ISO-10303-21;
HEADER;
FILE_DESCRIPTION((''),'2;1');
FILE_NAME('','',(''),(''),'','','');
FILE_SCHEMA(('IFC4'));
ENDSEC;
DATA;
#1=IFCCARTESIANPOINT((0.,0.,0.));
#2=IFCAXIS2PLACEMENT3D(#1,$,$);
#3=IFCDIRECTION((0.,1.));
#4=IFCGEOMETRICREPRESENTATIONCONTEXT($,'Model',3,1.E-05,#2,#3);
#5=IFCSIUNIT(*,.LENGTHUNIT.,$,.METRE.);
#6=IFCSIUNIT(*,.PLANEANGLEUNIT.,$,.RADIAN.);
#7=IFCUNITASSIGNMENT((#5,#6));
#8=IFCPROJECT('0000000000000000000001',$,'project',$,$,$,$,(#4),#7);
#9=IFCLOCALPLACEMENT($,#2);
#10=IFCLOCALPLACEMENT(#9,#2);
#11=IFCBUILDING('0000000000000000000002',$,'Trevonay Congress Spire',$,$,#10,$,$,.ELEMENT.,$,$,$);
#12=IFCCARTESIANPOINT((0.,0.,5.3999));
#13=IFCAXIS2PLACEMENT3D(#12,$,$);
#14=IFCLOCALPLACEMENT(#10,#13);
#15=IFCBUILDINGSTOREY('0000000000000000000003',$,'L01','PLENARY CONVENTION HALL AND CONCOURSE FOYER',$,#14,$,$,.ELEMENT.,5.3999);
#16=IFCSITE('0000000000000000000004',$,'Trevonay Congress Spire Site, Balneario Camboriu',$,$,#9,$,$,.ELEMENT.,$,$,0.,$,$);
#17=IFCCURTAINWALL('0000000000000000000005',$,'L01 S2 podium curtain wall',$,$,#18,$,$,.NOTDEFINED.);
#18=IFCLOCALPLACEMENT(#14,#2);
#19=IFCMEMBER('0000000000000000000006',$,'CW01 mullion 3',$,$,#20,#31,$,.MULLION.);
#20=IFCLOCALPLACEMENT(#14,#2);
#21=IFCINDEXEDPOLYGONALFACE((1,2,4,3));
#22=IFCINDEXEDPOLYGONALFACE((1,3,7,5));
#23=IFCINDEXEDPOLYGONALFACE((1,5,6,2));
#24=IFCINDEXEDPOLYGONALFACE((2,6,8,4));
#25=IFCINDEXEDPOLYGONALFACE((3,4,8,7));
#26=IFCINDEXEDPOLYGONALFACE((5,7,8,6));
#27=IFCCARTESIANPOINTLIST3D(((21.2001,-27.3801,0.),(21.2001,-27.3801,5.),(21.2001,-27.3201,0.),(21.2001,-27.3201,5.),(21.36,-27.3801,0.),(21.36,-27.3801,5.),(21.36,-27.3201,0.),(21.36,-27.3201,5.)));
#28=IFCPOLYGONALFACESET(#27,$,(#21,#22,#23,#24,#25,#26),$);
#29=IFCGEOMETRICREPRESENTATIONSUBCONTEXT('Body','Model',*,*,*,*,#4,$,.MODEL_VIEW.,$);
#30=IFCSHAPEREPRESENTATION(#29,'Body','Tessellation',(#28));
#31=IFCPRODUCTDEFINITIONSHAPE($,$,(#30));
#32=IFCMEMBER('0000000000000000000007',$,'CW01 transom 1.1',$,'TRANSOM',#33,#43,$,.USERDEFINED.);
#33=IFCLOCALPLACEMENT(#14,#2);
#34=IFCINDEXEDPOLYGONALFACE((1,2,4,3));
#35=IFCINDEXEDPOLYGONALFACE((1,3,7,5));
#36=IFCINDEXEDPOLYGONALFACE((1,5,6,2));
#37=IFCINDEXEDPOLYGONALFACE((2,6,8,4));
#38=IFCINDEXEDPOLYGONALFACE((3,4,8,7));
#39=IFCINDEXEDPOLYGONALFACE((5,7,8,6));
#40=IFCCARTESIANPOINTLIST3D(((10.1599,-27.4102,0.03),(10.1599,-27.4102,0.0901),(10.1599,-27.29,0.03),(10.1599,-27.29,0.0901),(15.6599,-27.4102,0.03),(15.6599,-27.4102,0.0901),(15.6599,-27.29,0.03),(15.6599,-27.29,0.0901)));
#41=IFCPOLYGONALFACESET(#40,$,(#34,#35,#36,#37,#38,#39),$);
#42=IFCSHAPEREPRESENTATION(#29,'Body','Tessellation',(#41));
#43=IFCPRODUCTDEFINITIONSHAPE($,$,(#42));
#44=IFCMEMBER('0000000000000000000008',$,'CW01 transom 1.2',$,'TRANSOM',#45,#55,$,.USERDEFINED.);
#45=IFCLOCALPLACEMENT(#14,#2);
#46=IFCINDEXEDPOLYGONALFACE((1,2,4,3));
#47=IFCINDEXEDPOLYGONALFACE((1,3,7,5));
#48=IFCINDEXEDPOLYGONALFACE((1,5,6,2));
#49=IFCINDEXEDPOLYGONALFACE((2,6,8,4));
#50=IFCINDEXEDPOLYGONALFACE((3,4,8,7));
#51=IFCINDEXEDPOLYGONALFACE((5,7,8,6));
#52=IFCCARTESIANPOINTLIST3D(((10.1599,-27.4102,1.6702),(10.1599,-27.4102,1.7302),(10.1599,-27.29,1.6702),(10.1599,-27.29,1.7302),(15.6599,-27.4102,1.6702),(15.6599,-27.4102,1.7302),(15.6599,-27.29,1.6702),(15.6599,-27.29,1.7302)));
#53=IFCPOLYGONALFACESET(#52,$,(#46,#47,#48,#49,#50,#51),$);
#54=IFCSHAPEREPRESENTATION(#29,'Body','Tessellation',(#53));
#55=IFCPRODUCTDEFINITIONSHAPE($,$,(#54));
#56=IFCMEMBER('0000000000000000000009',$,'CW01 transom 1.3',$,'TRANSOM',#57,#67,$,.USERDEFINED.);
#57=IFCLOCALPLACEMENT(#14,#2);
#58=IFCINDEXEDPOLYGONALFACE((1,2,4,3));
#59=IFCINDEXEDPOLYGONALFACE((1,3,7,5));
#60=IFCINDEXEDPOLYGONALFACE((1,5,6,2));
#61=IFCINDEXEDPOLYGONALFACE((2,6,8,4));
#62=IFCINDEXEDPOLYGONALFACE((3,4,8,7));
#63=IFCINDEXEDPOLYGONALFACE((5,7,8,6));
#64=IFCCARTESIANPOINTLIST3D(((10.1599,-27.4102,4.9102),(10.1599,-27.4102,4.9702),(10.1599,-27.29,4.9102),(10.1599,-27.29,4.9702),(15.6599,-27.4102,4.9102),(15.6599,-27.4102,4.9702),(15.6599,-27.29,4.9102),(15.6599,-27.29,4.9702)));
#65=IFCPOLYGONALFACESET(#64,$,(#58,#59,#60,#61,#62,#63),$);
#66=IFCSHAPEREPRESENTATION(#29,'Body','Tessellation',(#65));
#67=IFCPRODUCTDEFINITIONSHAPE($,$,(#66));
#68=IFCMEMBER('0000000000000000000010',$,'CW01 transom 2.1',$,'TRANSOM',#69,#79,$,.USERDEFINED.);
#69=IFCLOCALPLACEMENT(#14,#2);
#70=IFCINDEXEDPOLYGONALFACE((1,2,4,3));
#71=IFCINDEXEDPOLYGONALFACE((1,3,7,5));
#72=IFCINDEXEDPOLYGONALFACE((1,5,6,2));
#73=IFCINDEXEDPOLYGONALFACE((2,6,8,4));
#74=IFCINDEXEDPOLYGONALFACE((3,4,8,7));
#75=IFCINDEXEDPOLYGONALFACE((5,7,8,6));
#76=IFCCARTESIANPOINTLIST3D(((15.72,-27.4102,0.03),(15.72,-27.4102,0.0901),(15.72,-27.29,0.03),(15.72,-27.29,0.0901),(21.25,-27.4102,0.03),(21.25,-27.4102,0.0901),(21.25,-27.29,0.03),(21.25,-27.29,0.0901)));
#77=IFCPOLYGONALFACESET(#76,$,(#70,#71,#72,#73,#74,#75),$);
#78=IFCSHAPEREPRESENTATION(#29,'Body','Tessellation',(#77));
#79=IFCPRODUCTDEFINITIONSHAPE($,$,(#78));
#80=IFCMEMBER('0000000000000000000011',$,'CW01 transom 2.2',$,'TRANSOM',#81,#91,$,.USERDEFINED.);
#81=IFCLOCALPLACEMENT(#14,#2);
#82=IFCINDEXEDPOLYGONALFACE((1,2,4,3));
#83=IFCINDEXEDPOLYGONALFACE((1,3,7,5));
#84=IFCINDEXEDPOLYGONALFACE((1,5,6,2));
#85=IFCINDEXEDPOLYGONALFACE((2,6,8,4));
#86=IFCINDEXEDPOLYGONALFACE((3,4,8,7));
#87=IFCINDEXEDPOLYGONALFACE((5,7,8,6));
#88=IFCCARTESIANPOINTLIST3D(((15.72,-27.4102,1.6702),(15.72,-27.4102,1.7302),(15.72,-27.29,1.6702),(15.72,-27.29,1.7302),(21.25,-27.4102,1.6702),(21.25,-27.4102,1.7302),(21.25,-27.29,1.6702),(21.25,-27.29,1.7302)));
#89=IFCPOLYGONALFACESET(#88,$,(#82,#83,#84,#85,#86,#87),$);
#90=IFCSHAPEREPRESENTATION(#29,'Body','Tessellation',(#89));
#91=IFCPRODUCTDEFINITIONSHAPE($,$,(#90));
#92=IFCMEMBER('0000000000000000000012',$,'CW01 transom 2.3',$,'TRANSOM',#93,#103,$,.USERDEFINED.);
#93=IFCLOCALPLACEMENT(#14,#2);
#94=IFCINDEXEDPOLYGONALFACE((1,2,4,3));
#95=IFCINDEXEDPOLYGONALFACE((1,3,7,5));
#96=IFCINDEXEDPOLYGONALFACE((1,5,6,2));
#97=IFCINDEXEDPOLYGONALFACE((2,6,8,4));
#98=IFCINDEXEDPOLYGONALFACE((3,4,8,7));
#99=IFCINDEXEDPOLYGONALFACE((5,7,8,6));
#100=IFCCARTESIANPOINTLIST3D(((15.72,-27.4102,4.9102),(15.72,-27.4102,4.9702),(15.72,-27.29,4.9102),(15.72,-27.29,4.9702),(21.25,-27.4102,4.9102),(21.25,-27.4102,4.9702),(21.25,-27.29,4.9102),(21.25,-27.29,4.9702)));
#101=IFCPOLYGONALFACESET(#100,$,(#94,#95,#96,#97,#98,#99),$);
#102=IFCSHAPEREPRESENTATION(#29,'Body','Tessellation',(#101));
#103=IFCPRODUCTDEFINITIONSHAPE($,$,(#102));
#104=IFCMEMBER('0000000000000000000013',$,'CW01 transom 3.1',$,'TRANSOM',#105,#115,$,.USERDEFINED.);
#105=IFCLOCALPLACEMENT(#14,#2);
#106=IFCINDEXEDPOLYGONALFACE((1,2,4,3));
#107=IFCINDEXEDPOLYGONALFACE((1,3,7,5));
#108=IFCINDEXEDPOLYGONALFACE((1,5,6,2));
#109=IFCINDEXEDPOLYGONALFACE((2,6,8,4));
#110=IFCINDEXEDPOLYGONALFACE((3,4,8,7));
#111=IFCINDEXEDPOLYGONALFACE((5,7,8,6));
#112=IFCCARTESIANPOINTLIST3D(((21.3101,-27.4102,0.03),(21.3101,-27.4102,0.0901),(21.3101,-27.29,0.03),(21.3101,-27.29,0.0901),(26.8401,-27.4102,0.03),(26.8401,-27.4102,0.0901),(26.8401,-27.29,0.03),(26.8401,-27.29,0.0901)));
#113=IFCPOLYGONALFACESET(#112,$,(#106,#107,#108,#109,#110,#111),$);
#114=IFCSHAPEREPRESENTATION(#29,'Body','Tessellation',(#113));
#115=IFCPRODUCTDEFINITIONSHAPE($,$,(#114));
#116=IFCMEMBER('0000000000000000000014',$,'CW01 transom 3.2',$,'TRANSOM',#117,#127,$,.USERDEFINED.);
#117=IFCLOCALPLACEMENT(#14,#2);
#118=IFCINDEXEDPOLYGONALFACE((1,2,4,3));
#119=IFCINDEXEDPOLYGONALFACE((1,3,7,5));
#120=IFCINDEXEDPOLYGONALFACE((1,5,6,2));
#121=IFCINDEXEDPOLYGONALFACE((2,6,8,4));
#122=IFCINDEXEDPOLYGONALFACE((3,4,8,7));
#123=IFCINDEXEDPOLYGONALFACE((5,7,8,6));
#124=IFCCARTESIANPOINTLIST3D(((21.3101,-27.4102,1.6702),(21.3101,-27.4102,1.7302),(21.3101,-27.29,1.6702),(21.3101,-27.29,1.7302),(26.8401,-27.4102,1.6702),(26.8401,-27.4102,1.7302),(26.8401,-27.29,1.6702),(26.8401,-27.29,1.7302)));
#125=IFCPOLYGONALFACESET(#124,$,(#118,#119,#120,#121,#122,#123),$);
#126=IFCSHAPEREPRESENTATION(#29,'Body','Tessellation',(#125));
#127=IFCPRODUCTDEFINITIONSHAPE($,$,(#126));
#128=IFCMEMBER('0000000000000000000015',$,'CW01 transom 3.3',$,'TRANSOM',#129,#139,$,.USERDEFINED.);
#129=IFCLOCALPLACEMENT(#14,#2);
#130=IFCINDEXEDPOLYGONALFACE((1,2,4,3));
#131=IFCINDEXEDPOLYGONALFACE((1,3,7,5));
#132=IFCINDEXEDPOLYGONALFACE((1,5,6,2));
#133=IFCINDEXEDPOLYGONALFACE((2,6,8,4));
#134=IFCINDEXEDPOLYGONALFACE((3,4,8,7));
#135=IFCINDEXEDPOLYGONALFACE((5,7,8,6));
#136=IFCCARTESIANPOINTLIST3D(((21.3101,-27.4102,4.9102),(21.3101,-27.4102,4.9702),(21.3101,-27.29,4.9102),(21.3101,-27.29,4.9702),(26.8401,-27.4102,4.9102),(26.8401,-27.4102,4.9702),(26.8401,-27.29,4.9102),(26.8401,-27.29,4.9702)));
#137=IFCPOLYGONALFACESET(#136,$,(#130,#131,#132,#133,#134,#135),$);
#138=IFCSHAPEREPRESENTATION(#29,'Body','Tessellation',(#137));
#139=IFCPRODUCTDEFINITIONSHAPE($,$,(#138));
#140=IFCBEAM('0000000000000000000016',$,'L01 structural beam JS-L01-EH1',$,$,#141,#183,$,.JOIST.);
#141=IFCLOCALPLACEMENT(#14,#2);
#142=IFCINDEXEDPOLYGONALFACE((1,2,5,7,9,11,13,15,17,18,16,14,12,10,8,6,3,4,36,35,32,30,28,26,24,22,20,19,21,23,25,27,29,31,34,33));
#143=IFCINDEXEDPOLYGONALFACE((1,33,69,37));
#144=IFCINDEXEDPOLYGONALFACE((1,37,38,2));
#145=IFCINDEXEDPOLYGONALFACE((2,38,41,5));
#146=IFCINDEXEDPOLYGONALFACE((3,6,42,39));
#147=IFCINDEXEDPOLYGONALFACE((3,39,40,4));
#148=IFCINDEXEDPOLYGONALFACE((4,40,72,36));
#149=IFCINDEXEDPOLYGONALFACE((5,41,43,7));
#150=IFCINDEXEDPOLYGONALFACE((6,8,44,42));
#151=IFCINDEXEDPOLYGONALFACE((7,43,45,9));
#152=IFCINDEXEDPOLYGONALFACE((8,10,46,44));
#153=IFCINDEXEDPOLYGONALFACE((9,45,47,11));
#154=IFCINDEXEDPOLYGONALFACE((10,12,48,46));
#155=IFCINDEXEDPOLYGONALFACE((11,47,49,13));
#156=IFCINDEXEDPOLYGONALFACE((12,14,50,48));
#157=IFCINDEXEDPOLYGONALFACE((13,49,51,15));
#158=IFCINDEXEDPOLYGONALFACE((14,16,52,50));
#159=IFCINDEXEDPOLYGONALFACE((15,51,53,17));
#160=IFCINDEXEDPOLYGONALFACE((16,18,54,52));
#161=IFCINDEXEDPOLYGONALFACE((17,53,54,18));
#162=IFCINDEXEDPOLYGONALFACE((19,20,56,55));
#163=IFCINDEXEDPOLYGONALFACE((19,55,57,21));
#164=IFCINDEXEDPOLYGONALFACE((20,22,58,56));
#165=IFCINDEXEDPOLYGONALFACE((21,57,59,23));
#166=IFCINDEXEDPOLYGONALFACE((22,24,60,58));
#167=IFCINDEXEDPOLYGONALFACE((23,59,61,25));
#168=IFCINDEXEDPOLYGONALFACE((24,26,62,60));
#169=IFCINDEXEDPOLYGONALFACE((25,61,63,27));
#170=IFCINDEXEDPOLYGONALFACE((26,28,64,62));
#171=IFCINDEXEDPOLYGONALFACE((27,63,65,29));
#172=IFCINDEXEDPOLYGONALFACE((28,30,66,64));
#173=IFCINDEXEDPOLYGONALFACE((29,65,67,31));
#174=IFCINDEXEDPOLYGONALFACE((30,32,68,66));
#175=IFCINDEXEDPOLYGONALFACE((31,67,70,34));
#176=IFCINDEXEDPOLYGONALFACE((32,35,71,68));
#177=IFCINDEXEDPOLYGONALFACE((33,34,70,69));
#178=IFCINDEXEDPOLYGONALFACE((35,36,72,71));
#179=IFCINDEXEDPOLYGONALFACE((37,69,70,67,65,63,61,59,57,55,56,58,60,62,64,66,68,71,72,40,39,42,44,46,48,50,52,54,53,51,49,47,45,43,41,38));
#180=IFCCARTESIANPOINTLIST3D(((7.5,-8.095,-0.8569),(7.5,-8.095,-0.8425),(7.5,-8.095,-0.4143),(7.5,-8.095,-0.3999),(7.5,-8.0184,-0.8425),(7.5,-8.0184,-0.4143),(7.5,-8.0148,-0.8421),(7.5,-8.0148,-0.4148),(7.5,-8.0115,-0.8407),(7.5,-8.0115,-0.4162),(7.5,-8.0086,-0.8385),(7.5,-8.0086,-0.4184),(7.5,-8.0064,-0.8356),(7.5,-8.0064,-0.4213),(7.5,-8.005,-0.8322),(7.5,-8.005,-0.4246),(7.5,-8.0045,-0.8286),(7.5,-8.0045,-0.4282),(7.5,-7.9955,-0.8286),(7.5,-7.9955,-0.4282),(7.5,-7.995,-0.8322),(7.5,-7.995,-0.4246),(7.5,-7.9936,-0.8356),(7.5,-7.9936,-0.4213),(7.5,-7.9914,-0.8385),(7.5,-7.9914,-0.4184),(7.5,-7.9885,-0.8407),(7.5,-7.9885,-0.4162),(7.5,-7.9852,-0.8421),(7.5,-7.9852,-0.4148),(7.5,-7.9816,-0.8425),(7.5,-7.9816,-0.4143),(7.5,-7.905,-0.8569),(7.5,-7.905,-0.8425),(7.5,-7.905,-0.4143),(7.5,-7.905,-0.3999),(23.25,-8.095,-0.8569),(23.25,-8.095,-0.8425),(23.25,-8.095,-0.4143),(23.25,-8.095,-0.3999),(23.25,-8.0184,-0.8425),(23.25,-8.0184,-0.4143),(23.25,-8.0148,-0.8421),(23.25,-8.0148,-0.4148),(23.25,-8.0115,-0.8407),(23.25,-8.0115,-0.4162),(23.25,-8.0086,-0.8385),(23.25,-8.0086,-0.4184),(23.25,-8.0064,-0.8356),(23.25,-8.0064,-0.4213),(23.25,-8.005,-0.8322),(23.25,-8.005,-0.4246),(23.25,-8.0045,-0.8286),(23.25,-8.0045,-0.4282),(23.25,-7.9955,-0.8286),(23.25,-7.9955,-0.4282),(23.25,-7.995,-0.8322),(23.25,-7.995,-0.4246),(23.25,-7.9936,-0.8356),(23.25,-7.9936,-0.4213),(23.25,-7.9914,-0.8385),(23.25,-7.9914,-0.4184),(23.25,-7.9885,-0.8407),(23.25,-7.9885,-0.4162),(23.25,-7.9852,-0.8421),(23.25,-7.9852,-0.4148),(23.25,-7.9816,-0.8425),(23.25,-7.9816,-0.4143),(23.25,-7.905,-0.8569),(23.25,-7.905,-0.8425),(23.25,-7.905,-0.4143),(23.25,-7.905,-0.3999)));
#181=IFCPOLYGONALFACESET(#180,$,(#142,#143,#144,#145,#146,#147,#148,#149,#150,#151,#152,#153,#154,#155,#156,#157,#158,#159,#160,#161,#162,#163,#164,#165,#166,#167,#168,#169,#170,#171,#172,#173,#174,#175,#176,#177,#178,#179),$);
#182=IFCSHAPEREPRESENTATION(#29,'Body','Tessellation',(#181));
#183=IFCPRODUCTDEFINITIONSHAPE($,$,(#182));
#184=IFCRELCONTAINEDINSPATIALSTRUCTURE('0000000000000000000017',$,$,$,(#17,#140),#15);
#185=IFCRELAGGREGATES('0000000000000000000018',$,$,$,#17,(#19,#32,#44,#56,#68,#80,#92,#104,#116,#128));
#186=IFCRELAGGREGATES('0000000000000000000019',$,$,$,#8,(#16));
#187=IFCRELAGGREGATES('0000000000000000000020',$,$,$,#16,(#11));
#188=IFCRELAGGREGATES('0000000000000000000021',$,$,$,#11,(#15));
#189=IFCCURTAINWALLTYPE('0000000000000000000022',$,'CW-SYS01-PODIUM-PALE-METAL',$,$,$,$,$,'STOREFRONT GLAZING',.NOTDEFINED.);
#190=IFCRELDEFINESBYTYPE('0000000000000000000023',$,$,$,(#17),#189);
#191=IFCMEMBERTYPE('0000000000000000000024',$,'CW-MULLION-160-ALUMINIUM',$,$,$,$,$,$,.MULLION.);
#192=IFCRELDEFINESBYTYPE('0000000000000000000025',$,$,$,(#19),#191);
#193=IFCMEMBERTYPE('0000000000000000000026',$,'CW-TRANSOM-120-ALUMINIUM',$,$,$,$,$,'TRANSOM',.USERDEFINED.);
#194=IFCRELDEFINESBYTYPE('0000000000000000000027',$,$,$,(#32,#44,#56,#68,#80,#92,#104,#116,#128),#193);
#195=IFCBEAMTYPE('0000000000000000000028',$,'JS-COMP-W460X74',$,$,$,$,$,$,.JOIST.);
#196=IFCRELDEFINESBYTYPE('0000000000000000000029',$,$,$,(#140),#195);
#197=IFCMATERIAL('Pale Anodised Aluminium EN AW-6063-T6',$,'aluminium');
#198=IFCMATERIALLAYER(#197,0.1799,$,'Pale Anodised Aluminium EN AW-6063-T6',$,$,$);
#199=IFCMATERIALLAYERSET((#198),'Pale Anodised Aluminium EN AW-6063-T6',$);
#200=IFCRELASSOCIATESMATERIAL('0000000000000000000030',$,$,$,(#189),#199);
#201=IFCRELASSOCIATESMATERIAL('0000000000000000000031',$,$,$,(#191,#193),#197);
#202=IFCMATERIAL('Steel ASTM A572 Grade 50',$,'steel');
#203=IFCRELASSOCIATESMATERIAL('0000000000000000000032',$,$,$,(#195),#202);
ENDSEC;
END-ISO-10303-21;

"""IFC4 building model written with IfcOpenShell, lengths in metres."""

from ifc_helpers import new_model, si_unit, direction, frame, origin, origin_2d, place, context, subcontext, project, spatial, rectangle, i_section, extrude, material, layer, layer_set, material_profile, profile_set, type_object, element, aggregate, save


model = new_model("IFC4")

# Units and contexts
model_context = context("Model", 3, precision=1e-05, world=origin(), true_north=direction((0.0, 1.0)))
body_context = subcontext(model_context, "Body", "Model", "MODEL_VIEW")
ifc_project = project(units=[si_unit("LENGTHUNIT", "METRE"), si_unit("PLANEANGLEUNIT", "RADIAN")], contexts=[model_context])

# Site, building, storey
site_placement = place(None, origin())
site = spatial("IfcSite", under=ifc_project, at=site_placement, Name="Trevonay Congress Spire Site, Balneario Camboriu", CompositionType="ELEMENT", RefElevation=0.0)
building_placement = place(site_placement, origin())
building = spatial("IfcBuilding", under=site, at=building_placement, Name="Trevonay Congress Spire", CompositionType="ELEMENT")
storey_placement = place(building_placement, frame((0.0, 0.0, 5.3999)))
storey = spatial("IfcBuildingStorey", under=building, at=storey_placement, Name="L01", Description="PLENARY CONVENTION HALL AND CONCOURSE FOYER", CompositionType="ELEMENT", Elevation=5.3999)

# Shared definitions
ifc_material_1 = material(Name="Steel ASTM A572 Grade 50", Category="steel")

# Shared definitions
ifc_material_2 = material(Name="Pale Anodised Aluminium EN AW-6063-T6", Category="aluminium")
ifc_layer_1 = layer(ifc_material_2, 0.1799, Name="Pale Anodised Aluminium EN AW-6063-T6")
ifc_layer_set_1 = layer_set([ifc_layer_1], Name="Pale Anodised Aluminium EN AW-6063-T6")
curtain_wall_type = type_object("IfcCurtainWallType", Name="CW-SYS01-PODIUM-PALE-METAL", ElementType="STOREFRONT GLAZING", PredefinedType="NOTDEFINED", material=ifc_layer_set_1)
ifc_material_profile_1 = material_profile(ifc_material_2, rectangle(XDim=0.0601, YDim=0.1599, at=origin_2d()), Name="CW-MULLION-160-ALUMINIUM")
ifc_profile_set_1 = profile_set([ifc_material_profile_1], Name="Pale Anodised Aluminium EN AW-6063-T6")
member_type_1 = type_object("IfcMemberType", Name="CW-MULLION-160-ALUMINIUM", PredefinedType="MULLION", material=ifc_profile_set_1)

# Curtain wall, members
curtain_wall_1_placement = place(storey_placement, origin())
curtain_wall_1 = element("IfcCurtainWall", 1, at=curtain_wall_1_placement, inside=storey, type_object=curtain_wall_type, Name="L01 S2 podium curtain wall", PredefinedType="NOTDEFINED")
member_1_placement = place(storey_placement, frame((21.28, -27.3501, 0.0), z_axis=(0.0, 0.0, 1.0), x_axis=(0.0, 1.0, 0.0)))
member_1 = element("IfcMember", 2, at=member_1_placement, type_object=member_type_1, Name="CW01 mullion 3", PredefinedType="MULLION", context=body_context, shape_type="SweptSolid", body=[
    extrude(rectangle(XDim=0.0601, YDim=0.1599, at=origin_2d()), origin(), (0.0, 0.0, 1.0), 5.0),
])
ifc_material_profile_2 = material_profile(ifc_material_2, rectangle(XDim=0.1201, YDim=0.0601, at=origin_2d()), Name="CW-TRANSOM-120-ALUMINIUM")
ifc_profile_set_2 = profile_set([ifc_material_profile_2], Name="Pale Anodised Aluminium EN AW-6063-T6")
member_type_2 = type_object("IfcMemberType", Name="CW-TRANSOM-120-ALUMINIUM", ElementType="TRANSOM", PredefinedType="USERDEFINED", material=ifc_profile_set_2)
member_2_placement = place(storey_placement, frame((10.1599, -27.3501, 0.0601), z_axis=(1.0, 0.0, 0.0), x_axis=(0.0, 1.0, 0.0)))
member_2 = element("IfcMember", 3, at=member_2_placement, type_object=member_type_2, Name="CW01 transom 1.1", ObjectType="TRANSOM", PredefinedType="USERDEFINED", context=body_context, shape_type="SweptSolid", body=[
    extrude(rectangle(XDim=0.1201, YDim=0.0601, at=origin_2d()), origin(), (0.0, 0.0, 1.0), 5.5),
])
member_3_placement = place(storey_placement, frame((10.1599, -27.3501, 1.7002), z_axis=(1.0, 0.0, 0.0), x_axis=(0.0, 1.0, 0.0)))
member_3 = element("IfcMember", 4, at=member_3_placement, type_object=member_type_2, Name="CW01 transom 1.2", ObjectType="TRANSOM", PredefinedType="USERDEFINED", context=body_context, shape_type="SweptSolid", body=[
    extrude(rectangle(XDim=0.1201, YDim=0.0601, at=origin_2d()), origin(), (0.0, 0.0, 1.0), 5.5),
])
member_4_placement = place(storey_placement, frame((10.1599, -27.3501, 4.9402), z_axis=(1.0, 0.0, 0.0), x_axis=(0.0, 1.0, 0.0)))
member_4 = element("IfcMember", 5, at=member_4_placement, type_object=member_type_2, Name="CW01 transom 1.3", ObjectType="TRANSOM", PredefinedType="USERDEFINED", context=body_context, shape_type="SweptSolid", body=[
    extrude(rectangle(XDim=0.1201, YDim=0.0601, at=origin_2d()), origin(), (0.0, 0.0, 1.0), 5.5),
])
member_5_placement = place(storey_placement, frame((15.72, -27.3501, 0.0601), z_axis=(1.0, 0.0, 0.0), x_axis=(0.0, 1.0, 0.0)))
member_5 = element("IfcMember", 6, at=member_5_placement, type_object=member_type_2, Name="CW01 transom 2.1", ObjectType="TRANSOM", PredefinedType="USERDEFINED", context=body_context, shape_type="SweptSolid", body=[
    extrude(rectangle(XDim=0.1201, YDim=0.0601, at=origin_2d()), origin(), (0.0, 0.0, 1.0), 5.53),
])
member_6_placement = place(storey_placement, frame((15.72, -27.3501, 1.7002), z_axis=(1.0, 0.0, 0.0), x_axis=(0.0, 1.0, 0.0)))
member_6 = element("IfcMember", 7, at=member_6_placement, type_object=member_type_2, Name="CW01 transom 2.2", ObjectType="TRANSOM", PredefinedType="USERDEFINED", context=body_context, shape_type="SweptSolid", body=[
    extrude(rectangle(XDim=0.1201, YDim=0.0601, at=origin_2d()), origin(), (0.0, 0.0, 1.0), 5.53),
])
member_7_placement = place(storey_placement, frame((15.72, -27.3501, 4.9402), z_axis=(1.0, 0.0, 0.0), x_axis=(0.0, 1.0, 0.0)))
member_7 = element("IfcMember", 8, at=member_7_placement, type_object=member_type_2, Name="CW01 transom 2.3", ObjectType="TRANSOM", PredefinedType="USERDEFINED", context=body_context, shape_type="SweptSolid", body=[
    extrude(rectangle(XDim=0.1201, YDim=0.0601, at=origin_2d()), origin(), (0.0, 0.0, 1.0), 5.53),
])
member_8_placement = place(storey_placement, frame((21.3101, -27.3501, 0.0601), z_axis=(1.0, 0.0, 0.0), x_axis=(0.0, 1.0, 0.0)))
member_8 = element("IfcMember", 9, at=member_8_placement, type_object=member_type_2, Name="CW01 transom 3.1", ObjectType="TRANSOM", PredefinedType="USERDEFINED", context=body_context, shape_type="SweptSolid", body=[
    extrude(rectangle(XDim=0.1201, YDim=0.0601, at=origin_2d()), origin(), (0.0, 0.0, 1.0), 5.53),
])
member_9_placement = place(storey_placement, frame((21.3101, -27.3501, 1.7002), z_axis=(1.0, 0.0, 0.0), x_axis=(0.0, 1.0, 0.0)))
member_9 = element("IfcMember", 10, at=member_9_placement, type_object=member_type_2, Name="CW01 transom 3.2", ObjectType="TRANSOM", PredefinedType="USERDEFINED", context=body_context, shape_type="SweptSolid", body=[
    extrude(rectangle(XDim=0.1201, YDim=0.0601, at=origin_2d()), origin(), (0.0, 0.0, 1.0), 5.53),
])
member_10_placement = place(storey_placement, frame((21.3101, -27.3501, 4.9402), z_axis=(1.0, 0.0, 0.0), x_axis=(0.0, 1.0, 0.0)))
member_10 = element("IfcMember", 11, at=member_10_placement, type_object=member_type_2, Name="CW01 transom 3.3", ObjectType="TRANSOM", PredefinedType="USERDEFINED", context=body_context, shape_type="SweptSolid", body=[
    extrude(rectangle(XDim=0.1201, YDim=0.0601, at=origin_2d()), origin(), (0.0, 0.0, 1.0), 5.53),
])

# Beam
ifc_material_profile_3 = material_profile(ifc_material_1, i_section(OverallWidth=0.1899, OverallDepth=0.457, WebThickness=0.009, FlangeThickness=0.0144, FilletRadius=0.0139, at=origin_2d()), Name="W460x74")
ifc_profile_set_3 = profile_set([ifc_material_profile_3], Name="Steel ASTM A572 Grade 50")
beam_type_1 = type_object("IfcBeamType", Name="JS-COMP-W460X74", PredefinedType="JOIST", material=ifc_profile_set_3)
for number, where, z_axis, x_axis, name in (
    (12, (7.5, -8.0, -0.6284), (1.0, 0.0, 0.0), (0.0, 1.0, 0.0), "L01 structural beam JS-L01-EH1"),
):
    element("IfcBeam", number, at=place(storey_placement, frame(where, z_axis=z_axis, x_axis=x_axis)), inside=storey, type_object=beam_type_1, Name=name, PredefinedType="JOIST", context=body_context, shape_type="SweptSolid", body=[
        extrude(i_section(OverallWidth=0.1899, OverallDepth=0.457, WebThickness=0.009, FlangeThickness=0.0144, FilletRadius=0.0139, at=origin_2d()), origin(), (0.0, 0.0, 1.0), 15.75),
    ])

aggregate(curtain_wall_1, [member_1, member_2, member_3, member_4, member_5, member_6, member_7, member_8, member_9, member_10])

save(model, "model.ifc")
